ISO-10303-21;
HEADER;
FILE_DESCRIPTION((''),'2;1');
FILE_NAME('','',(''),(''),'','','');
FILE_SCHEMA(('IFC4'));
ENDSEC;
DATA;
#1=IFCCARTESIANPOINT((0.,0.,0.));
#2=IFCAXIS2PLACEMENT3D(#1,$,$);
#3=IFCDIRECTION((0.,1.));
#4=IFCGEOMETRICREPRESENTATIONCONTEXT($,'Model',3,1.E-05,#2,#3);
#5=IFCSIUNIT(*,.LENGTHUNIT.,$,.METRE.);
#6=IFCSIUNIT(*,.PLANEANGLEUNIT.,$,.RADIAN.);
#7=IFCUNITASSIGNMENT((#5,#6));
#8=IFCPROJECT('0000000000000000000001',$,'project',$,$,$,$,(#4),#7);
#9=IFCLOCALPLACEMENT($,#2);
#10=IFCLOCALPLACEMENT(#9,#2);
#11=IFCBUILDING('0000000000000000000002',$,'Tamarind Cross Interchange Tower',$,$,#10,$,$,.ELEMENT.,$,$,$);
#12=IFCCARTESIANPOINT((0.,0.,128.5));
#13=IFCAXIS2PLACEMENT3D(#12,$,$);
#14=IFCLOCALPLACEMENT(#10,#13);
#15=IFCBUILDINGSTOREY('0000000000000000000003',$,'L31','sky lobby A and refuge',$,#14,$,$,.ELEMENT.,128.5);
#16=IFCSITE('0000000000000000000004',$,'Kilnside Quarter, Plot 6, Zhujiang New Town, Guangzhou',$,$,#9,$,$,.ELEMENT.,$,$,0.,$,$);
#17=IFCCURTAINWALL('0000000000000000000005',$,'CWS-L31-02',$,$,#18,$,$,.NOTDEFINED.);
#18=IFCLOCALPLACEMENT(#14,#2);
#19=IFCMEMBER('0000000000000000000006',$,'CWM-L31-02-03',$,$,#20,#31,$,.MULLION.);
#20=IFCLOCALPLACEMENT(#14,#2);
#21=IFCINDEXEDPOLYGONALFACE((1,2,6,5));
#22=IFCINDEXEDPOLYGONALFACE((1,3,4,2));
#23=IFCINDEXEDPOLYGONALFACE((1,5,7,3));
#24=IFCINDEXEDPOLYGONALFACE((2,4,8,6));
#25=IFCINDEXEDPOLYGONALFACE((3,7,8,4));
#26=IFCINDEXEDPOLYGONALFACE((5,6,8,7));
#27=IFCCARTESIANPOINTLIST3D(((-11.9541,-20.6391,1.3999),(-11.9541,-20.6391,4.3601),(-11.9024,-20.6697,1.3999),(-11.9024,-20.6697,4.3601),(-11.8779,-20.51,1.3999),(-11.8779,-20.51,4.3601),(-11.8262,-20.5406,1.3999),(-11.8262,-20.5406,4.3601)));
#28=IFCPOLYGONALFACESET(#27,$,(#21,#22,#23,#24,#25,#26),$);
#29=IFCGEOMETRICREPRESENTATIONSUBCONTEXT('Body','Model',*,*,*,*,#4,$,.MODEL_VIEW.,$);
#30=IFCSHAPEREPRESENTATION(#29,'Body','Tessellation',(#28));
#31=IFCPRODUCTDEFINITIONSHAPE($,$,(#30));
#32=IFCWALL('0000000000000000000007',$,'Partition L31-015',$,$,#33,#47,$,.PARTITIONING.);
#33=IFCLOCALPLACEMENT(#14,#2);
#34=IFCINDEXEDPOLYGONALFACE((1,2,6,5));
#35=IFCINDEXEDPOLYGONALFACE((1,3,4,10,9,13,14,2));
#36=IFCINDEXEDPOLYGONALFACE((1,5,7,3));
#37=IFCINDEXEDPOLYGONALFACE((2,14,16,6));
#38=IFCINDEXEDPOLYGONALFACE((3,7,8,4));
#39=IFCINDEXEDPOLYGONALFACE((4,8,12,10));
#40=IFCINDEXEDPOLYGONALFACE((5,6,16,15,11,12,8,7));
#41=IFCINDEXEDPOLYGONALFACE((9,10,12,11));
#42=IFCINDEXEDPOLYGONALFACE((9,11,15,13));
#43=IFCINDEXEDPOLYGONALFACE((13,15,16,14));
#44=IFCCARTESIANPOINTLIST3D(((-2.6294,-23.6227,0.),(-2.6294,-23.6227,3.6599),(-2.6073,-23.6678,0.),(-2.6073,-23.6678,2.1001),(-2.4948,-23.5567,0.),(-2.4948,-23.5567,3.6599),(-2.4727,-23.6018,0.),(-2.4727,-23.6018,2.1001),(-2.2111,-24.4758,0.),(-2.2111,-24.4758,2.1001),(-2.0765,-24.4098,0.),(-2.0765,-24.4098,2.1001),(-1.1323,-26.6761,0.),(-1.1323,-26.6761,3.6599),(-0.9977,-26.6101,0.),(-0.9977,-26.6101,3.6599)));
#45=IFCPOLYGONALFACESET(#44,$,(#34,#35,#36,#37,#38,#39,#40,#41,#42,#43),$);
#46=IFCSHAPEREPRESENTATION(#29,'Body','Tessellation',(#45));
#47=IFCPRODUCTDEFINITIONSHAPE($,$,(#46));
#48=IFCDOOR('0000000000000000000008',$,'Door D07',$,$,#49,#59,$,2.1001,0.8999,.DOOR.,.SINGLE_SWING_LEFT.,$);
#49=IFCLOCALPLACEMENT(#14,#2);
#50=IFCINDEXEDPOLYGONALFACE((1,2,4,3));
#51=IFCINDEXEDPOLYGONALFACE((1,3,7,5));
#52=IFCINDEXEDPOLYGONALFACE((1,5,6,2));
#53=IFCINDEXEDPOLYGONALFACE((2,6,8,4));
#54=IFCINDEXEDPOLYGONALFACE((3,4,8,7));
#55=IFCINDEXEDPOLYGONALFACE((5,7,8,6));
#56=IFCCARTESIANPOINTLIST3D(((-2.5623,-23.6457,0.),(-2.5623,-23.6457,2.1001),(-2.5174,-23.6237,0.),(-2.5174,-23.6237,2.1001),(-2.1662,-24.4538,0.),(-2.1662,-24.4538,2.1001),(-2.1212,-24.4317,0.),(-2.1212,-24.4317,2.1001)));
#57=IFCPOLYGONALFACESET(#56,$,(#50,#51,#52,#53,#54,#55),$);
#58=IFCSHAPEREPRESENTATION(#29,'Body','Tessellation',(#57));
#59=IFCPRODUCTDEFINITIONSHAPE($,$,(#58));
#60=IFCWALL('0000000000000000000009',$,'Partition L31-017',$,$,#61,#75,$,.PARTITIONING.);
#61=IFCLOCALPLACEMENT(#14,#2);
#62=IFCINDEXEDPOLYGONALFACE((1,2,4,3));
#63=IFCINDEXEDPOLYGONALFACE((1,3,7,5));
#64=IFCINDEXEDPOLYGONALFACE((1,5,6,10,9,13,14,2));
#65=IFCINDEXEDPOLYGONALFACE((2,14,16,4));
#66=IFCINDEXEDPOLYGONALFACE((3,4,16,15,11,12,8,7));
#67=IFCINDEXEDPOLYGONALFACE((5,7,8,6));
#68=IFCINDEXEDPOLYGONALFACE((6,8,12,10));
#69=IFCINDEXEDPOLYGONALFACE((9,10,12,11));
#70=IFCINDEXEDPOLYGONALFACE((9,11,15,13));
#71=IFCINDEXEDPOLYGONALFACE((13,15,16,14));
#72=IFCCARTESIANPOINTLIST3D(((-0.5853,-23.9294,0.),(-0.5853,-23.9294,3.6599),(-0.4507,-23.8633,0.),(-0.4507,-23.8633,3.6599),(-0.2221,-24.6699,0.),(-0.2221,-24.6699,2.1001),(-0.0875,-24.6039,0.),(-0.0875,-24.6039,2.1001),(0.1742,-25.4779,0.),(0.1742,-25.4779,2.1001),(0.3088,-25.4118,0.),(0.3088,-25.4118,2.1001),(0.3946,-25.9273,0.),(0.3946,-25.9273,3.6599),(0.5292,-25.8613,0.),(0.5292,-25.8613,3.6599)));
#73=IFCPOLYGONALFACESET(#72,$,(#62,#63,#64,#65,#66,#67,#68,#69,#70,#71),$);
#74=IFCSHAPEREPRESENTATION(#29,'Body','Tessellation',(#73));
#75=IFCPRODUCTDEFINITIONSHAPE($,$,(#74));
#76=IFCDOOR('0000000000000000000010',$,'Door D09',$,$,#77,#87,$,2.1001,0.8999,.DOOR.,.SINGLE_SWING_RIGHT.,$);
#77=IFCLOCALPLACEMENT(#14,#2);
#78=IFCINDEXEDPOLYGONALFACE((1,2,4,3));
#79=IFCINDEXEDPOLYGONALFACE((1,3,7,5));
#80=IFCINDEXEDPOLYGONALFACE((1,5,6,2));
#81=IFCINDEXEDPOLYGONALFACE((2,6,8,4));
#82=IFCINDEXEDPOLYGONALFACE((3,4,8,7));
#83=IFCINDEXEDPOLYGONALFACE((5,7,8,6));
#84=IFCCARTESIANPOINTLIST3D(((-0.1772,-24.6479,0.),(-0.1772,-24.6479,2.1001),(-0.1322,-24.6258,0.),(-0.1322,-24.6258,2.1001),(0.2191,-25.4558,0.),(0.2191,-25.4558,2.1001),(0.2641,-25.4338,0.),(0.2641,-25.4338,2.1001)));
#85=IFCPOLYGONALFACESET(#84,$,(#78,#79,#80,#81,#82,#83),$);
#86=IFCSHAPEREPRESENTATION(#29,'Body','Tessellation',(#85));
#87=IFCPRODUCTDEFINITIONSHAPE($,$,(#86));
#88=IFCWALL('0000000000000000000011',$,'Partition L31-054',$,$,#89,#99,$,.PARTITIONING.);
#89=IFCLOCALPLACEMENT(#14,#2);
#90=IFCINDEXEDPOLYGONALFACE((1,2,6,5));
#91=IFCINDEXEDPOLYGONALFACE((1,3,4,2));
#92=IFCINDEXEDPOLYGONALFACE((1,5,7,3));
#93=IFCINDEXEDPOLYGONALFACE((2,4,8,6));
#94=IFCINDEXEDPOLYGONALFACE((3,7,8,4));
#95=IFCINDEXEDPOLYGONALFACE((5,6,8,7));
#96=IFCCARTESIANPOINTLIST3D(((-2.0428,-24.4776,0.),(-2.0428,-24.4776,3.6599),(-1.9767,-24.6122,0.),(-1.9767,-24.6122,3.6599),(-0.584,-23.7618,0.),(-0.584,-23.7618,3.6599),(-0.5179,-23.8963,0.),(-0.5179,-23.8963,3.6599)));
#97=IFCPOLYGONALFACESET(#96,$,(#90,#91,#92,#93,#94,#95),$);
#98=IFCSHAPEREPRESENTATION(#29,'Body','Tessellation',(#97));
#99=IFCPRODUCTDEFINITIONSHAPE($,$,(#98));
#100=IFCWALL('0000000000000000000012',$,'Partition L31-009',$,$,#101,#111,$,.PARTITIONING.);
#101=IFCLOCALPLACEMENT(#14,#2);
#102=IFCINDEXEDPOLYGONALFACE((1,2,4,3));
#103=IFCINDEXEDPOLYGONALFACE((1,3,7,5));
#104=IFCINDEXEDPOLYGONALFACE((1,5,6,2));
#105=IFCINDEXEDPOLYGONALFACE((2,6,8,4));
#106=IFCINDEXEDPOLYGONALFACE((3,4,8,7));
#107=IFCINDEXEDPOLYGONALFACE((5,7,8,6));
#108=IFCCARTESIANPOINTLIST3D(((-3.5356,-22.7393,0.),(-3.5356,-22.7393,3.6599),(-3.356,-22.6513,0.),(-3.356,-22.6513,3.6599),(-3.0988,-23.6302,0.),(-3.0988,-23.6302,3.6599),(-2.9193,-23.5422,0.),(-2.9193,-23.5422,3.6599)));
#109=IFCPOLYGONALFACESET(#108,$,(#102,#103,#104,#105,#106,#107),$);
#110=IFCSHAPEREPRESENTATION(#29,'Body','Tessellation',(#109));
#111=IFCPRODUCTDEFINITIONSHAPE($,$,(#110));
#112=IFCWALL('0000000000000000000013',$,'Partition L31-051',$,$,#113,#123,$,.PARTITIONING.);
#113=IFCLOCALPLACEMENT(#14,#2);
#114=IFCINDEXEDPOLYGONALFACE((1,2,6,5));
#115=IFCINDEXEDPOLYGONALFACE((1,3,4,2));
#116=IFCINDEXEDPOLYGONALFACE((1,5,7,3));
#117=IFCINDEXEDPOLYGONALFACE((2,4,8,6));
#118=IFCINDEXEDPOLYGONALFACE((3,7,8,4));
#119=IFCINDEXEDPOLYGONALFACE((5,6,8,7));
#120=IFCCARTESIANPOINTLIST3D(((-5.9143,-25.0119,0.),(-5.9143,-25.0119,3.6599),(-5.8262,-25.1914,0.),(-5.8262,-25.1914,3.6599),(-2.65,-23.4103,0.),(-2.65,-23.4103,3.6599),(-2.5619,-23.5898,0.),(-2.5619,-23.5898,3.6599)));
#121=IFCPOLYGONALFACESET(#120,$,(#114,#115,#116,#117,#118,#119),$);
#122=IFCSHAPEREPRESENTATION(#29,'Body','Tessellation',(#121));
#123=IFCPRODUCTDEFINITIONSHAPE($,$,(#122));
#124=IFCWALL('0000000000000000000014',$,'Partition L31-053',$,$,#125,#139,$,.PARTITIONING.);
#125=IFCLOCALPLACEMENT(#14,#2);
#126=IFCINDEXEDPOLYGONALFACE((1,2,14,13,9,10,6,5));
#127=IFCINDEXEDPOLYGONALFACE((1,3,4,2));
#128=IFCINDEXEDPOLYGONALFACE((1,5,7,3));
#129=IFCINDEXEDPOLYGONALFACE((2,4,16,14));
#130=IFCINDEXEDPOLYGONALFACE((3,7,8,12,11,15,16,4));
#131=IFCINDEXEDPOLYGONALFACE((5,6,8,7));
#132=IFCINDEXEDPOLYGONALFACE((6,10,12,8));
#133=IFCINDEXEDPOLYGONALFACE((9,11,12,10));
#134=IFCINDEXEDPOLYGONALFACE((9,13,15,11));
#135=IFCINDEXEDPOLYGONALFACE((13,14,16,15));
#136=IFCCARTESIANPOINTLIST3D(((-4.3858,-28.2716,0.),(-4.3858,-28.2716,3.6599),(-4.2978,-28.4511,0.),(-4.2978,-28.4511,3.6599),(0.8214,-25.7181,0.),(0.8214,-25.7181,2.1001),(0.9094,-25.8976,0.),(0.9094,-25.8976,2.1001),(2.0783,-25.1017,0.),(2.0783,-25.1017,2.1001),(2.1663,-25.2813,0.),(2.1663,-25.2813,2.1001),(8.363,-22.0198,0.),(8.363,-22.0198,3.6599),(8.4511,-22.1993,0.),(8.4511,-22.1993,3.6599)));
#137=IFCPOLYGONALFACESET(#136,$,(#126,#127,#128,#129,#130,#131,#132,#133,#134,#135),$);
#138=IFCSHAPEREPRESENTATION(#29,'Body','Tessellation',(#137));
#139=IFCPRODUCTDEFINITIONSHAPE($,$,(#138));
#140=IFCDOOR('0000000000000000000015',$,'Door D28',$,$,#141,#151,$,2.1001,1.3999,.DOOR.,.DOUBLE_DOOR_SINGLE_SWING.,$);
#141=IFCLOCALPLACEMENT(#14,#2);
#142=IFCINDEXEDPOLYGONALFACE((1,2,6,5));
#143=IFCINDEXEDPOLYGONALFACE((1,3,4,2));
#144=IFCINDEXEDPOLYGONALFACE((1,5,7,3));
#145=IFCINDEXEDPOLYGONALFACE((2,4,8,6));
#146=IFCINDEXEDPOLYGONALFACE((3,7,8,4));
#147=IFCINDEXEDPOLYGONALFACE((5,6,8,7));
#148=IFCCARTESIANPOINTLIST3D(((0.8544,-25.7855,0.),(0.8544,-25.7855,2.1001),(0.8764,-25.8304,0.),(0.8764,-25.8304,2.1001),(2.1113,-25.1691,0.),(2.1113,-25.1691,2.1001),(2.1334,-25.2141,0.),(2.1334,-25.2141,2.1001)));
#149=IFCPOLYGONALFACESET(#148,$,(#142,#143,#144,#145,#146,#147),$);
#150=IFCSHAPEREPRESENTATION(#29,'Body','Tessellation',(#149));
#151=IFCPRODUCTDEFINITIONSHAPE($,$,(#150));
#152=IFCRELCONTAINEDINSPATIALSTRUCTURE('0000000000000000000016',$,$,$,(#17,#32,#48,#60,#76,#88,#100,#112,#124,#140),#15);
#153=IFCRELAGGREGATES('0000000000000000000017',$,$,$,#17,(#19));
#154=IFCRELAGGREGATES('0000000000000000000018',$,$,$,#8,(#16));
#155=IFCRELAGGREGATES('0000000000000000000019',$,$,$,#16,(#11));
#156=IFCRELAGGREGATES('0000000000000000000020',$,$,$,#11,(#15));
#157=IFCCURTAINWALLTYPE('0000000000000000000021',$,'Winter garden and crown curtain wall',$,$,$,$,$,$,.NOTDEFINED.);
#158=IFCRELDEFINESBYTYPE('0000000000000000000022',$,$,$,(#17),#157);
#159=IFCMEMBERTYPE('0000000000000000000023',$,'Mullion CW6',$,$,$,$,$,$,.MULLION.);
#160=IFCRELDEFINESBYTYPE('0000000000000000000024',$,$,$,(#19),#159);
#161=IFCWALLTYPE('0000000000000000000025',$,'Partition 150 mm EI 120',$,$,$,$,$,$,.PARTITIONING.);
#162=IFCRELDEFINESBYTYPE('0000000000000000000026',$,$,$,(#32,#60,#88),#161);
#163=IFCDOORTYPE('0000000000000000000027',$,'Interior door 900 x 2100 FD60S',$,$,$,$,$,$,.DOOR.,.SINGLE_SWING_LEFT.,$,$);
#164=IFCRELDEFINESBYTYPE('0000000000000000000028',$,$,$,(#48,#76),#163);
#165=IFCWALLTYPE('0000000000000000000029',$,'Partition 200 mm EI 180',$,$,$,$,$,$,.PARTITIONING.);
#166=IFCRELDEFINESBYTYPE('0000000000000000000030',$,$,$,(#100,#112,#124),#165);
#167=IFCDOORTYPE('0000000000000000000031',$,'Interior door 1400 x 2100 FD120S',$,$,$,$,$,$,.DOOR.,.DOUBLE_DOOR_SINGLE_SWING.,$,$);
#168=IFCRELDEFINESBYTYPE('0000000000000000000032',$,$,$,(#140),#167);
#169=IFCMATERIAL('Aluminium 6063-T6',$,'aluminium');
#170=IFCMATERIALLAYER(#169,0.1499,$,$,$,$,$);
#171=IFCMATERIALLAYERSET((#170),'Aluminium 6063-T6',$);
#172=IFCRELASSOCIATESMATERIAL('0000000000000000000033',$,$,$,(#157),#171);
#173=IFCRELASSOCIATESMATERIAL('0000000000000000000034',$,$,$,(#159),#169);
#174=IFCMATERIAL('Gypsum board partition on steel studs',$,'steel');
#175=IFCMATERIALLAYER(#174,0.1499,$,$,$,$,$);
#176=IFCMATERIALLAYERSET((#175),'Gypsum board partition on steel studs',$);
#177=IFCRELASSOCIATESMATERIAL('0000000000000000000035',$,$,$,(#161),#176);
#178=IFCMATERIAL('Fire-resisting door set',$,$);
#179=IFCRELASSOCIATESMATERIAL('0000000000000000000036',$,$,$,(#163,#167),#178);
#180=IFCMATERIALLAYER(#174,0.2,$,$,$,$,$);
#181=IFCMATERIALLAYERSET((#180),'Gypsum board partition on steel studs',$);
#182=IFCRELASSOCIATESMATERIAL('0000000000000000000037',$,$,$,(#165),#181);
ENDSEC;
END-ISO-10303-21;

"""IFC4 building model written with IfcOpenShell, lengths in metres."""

from ifc_helpers import new_model, si_unit, direction, frame, frame_2d, origin, origin_2d, place, context, subcontext, project, spatial, rectangle, extrude, material, layer, layer_set, material_profile, profile_set, type_object, element, fill, aggregate, save


model = new_model("IFC4")

# Units and contexts
model_context = context("Model", 3, precision=1e-05, world=origin(), true_north=direction((0.0, 1.0)))
body_context = subcontext(model_context, "Body", "Model", "MODEL_VIEW")
ifc_project = project(units=[si_unit("LENGTHUNIT", "METRE"), si_unit("PLANEANGLEUNIT", "RADIAN")], contexts=[model_context])

# Site, building, storey
site_placement = place(None, origin())
site = spatial("IfcSite", under=ifc_project, at=site_placement, Name="Kilnside Quarter, Plot 6, Zhujiang New Town, Guangzhou", CompositionType="ELEMENT", RefElevation=0.0)
building_placement = place(site_placement, origin())
building = spatial("IfcBuilding", under=site, at=building_placement, Name="Tamarind Cross Interchange Tower", CompositionType="ELEMENT")
storey_placement = place(building_placement, frame((0.0, 0.0, 128.5)))
storey = spatial("IfcBuildingStorey", under=building, at=storey_placement, Name="L31", Description="sky lobby A and refuge", CompositionType="ELEMENT", Elevation=128.5)

# Shared definitions
ifc_material_1 = material(Name="Aluminium 6063-T6", Category="aluminium")

# Curtain wall, member
ifc_layer_1 = layer(ifc_material_1, 0.1499)
ifc_layer_set_1 = layer_set([ifc_layer_1], Name="Aluminium 6063-T6")
curtain_wall_type_1 = type_object("IfcCurtainWallType", Name="Winter garden and crown curtain wall", PredefinedType="NOTDEFINED", material=ifc_layer_set_1)
curtain_wall_1_placement = place(storey_placement, origin())
curtain_wall_1 = element("IfcCurtainWall", 1, at=curtain_wall_1_placement, inside=storey, type_object=curtain_wall_type_1, Name="CWS-L31-02", PredefinedType="NOTDEFINED")
ifc_material_profile_1 = material_profile(ifc_material_1, rectangle(XDim=0.0601, YDim=0.1499, at=origin_2d()), Name="Mullion CW6")
ifc_profile_set_1 = profile_set([ifc_material_profile_1], Name="Aluminium 6063-T6")
member_type_1 = type_object("IfcMemberType", Name="Mullion CW6", PredefinedType="MULLION", material=ifc_profile_set_1)
member_1_placement = place(storey_placement, frame((-11.8901, -20.5898, 1.3999), z_axis=(0.0, 0.0, 1.0), x_axis=(0.861249, -0.508183, 0.0)))
member_1 = element("IfcMember", 2, at=member_1_placement, type_object=member_type_1, Name="CWM-L31-02-03", PredefinedType="MULLION", context=body_context, shape_type="SweptSolid", body=[
    extrude(rectangle(XDim=0.0601, YDim=0.1499, at=origin_2d()), origin(), (0.0, 0.0, 1.0), 2.9602),
])
aggregate(curtain_wall_1, [member_1])

# Walls, openings, doors
ifc_material_2 = material(Name="Gypsum board partition on steel studs", Category="steel")
ifc_layer_2 = layer(ifc_material_2, 0.1499)
ifc_layer_set_2 = layer_set([ifc_layer_2], Name="Gypsum board partition on steel studs")
wall_type_1 = type_object("IfcWallType", Name="Partition 150 mm EI 120", PredefinedType="PARTITIONING", material=ifc_layer_set_2)
wall_1_placement = place(storey_placement, frame((-2.562, -23.5898, 0.0), z_axis=(0.0, 0.0, 1.0), x_axis=(0.440222, -0.897889, 0.0)))
wall_1 = element("IfcWall", 3, at=wall_1_placement, inside=storey, type_object=wall_type_1, Name="Partition L31-015", PredefinedType="PARTITIONING", context=body_context, shape_type="SweptSolid", body=[
    extrude(rectangle(XDim=3.4006, YDim=0.1499, at=frame_2d((1.7002, 0.0))), origin(), (0.0, 0.0, 1.0), 3.6599),
])
opening_1_placement = place(wall_1_placement, frame((0.05, 0.0, 0.0)))
opening_1 = element("IfcOpeningElement", 4, at=opening_1_placement, cuts=wall_1, PredefinedType="OPENING", context=body_context, shape_type="SweptSolid", body=[
    extrude(rectangle(XDim=0.8999, YDim=2.1001, at=frame_2d((0.45, 1.05))), frame((0.0, 0.085, 0.0), z_axis=(0.0, -1.0, 0.0), x_axis=(1.0, 0.0, 0.0)), (0.0, 0.0, 1.0), 0.1699),
])
ifc_material_3 = material(Name="Fire-resisting door set")
door_type_1 = type_object("IfcDoorType", Name="Interior door 900 x 2100 FD60S", OperationType="SINGLE_SWING_LEFT", PredefinedType="DOOR", material=ifc_material_3)
door_1_placement = place(opening_1_placement, frame((0.8999, 0.0, 0.0), z_axis=(0.0, 0.0, 1.0), x_axis=(-1.0, 0.0, 0.0)))
door_1 = element("IfcDoor", 5, at=door_1_placement, inside=storey, type_object=door_type_1, Name="Door D07", OperationType="SINGLE_SWING_LEFT", OverallHeight=2.1001, OverallWidth=0.8999, PredefinedType="DOOR", context=body_context, shape_type="SweptSolid", body=[
    extrude(rectangle(XDim=0.8999, YDim=2.1001, at=frame_2d((0.45, 1.05))), frame((0.0, 0.0249, 0.0), z_axis=(0.0, -1.0, 0.0), x_axis=(1.0, 0.0, 0.0)), (0.0, 0.0, 1.0), 0.05),
])
fill(opening_1, door_1)
wall_2_placement = place(storey_placement, frame((-0.5181, -23.8962, 0.0), z_axis=(0.0, 0.0, 1.0), x_axis=(0.440355, -0.897824, 0.0)))
wall_2 = element("IfcWall", 6, at=wall_2_placement, inside=storey, type_object=wall_type_1, Name="Partition L31-017", PredefinedType="PARTITIONING", context=body_context, shape_type="SweptSolid", body=[
    extrude(rectangle(XDim=2.2253, YDim=0.1499, at=frame_2d((1.1128, 0.0))), origin(), (0.0, 0.0, 1.0), 3.6599),
])
opening_2_placement = place(wall_2_placement, frame((0.825, 0.0, 0.0)))
opening_2 = element("IfcOpeningElement", 7, at=opening_2_placement, cuts=wall_2, PredefinedType="OPENING", context=body_context, shape_type="SweptSolid", body=[
    extrude(rectangle(XDim=0.8999, YDim=2.1001, at=frame_2d((0.45, 1.05))), frame((0.0, 0.085, 0.0), z_axis=(0.0, -1.0, 0.0), x_axis=(1.0, 0.0, 0.0)), (0.0, 0.0, 1.0), 0.1699),
])
door_2_placement = place(opening_2_placement, frame((0.8999, 0.0, 0.0), z_axis=(0.0, 0.0, 1.0), x_axis=(-1.0, 0.0, 0.0)))
door_2 = element("IfcDoor", 8, at=door_2_placement, inside=storey, type_object=door_type_1, Name="Door D09", OperationType="SINGLE_SWING_RIGHT", OverallHeight=2.1001, OverallWidth=0.8999, PredefinedType="DOOR", context=body_context, shape_type="SweptSolid", body=[
    extrude(rectangle(XDim=0.8999, YDim=2.1001, at=frame_2d((0.45, 1.05))), frame((0.0, 0.0249, 0.0), z_axis=(0.0, -1.0, 0.0), x_axis=(1.0, 0.0, 0.0)), (0.0, 0.0, 1.0), 0.05),
])
fill(opening_2, door_2)

# Walls
wall_3_placement = place(storey_placement, frame((-2.0098, -24.5449, 0.0), z_axis=(0.0, 0.0, 1.0), x_axis=(0.897738, 0.44053, 0.0)))
element("IfcWall", 9, at=wall_3_placement, inside=storey, type_object=wall_type_1, Name="Partition L31-054", PredefinedType="PARTITIONING", context=body_context, shape_type="SweptSolid", body=[
    extrude(rectangle(XDim=1.625, YDim=0.1499, at=frame_2d((0.8125, 0.0))), origin(), (0.0, 0.0, 1.0), 3.6599),
])
ifc_layer_3 = layer(ifc_material_2, 0.2)
ifc_layer_set_3 = layer_set([ifc_layer_3], Name="Gypsum board partition on steel studs")
wall_type_2 = type_object("IfcWallType", Name="Partition 200 mm EI 180", PredefinedType="PARTITIONING", material=ifc_layer_set_3)
wall_4_placement = place(storey_placement, frame((-3.4458, -22.6953, 0.0), z_axis=(0.0, 0.0, 1.0), x_axis=(0.440212, -0.897894, 0.0)))
element("IfcWall", 10, at=wall_4_placement, inside=storey, type_object=wall_type_2, Name="Partition L31-009", PredefinedType="PARTITIONING", context=body_context, shape_type="SweptSolid", body=[
    extrude(rectangle(XDim=0.9922, YDim=0.2, at=frame_2d((0.4961, 0.0))), origin(), (0.0, 0.0, 1.0), 3.6599),
])
wall_5_placement = place(storey_placement, frame((-5.8701, -25.1016, 0.0), z_axis=(0.0, 0.0, 1.0), x_axis=(0.897759, 0.440486, 0.0)))
element("IfcWall", 11, at=wall_5_placement, inside=storey, type_object=wall_type_2, Name="Partition L31-051", PredefinedType="PARTITIONING", context=body_context, shape_type="SweptSolid", body=[
    extrude(rectangle(XDim=3.636, YDim=0.2, at=frame_2d((1.8179, 0.0))), origin(), (0.0, 0.0, 1.0), 3.6599),
])

# Wall, opening, door
wall_6_placement = place(storey_placement, frame((-4.3418, -28.3613, 0.0), z_axis=(0.0, 0.0, 1.0), x_axis=(0.897856, 0.440288, 0.0)))
wall_6 = element("IfcWall", 12, at=wall_6_placement, inside=storey, type_object=wall_type_2, Name="Partition L31-053", PredefinedType="PARTITIONING", context=body_context, shape_type="SweptSolid", body=[
    extrude(rectangle(XDim=14.1992, YDim=0.2, at=frame_2d((7.0996, 0.0))), origin(), (0.0, 0.0, 1.0), 3.6599),
])
opening_3_placement = place(wall_6_placement, frame((5.7996, 0.0, 0.0)))
opening_3 = element("IfcOpeningElement", 13, at=opening_3_placement, cuts=wall_6, PredefinedType="OPENING", context=body_context, shape_type="SweptSolid", body=[
    extrude(rectangle(XDim=1.3999, YDim=2.1001, at=frame_2d((0.7, 1.05))), frame((0.0, 0.1099, 0.0), z_axis=(0.0, -1.0, 0.0), x_axis=(1.0, 0.0, 0.0)), (0.0, 0.0, 1.0), 0.22),
])
door_type_2 = type_object("IfcDoorType", Name="Interior door 1400 x 2100 FD120S", OperationType="DOUBLE_DOOR_SINGLE_SWING", PredefinedType="DOOR", material=ifc_material_3)
door_3_placement = place(opening_3_placement, origin())
door_3 = element("IfcDoor", 14, at=door_3_placement, inside=storey, type_object=door_type_2, Name="Door D28", OperationType="DOUBLE_DOOR_SINGLE_SWING", OverallHeight=2.1001, OverallWidth=1.3999, PredefinedType="DOOR", context=body_context, shape_type="SweptSolid", body=[
    extrude(rectangle(XDim=1.3999, YDim=2.1001, at=frame_2d((0.7, 1.05))), frame((0.0, 0.0249, 0.0), z_axis=(0.0, -1.0, 0.0), x_axis=(1.0, 0.0, 0.0)), (0.0, 0.0, 1.0), 0.05),
])
fill(opening_3, door_3)

save(model, "model.ifc")
